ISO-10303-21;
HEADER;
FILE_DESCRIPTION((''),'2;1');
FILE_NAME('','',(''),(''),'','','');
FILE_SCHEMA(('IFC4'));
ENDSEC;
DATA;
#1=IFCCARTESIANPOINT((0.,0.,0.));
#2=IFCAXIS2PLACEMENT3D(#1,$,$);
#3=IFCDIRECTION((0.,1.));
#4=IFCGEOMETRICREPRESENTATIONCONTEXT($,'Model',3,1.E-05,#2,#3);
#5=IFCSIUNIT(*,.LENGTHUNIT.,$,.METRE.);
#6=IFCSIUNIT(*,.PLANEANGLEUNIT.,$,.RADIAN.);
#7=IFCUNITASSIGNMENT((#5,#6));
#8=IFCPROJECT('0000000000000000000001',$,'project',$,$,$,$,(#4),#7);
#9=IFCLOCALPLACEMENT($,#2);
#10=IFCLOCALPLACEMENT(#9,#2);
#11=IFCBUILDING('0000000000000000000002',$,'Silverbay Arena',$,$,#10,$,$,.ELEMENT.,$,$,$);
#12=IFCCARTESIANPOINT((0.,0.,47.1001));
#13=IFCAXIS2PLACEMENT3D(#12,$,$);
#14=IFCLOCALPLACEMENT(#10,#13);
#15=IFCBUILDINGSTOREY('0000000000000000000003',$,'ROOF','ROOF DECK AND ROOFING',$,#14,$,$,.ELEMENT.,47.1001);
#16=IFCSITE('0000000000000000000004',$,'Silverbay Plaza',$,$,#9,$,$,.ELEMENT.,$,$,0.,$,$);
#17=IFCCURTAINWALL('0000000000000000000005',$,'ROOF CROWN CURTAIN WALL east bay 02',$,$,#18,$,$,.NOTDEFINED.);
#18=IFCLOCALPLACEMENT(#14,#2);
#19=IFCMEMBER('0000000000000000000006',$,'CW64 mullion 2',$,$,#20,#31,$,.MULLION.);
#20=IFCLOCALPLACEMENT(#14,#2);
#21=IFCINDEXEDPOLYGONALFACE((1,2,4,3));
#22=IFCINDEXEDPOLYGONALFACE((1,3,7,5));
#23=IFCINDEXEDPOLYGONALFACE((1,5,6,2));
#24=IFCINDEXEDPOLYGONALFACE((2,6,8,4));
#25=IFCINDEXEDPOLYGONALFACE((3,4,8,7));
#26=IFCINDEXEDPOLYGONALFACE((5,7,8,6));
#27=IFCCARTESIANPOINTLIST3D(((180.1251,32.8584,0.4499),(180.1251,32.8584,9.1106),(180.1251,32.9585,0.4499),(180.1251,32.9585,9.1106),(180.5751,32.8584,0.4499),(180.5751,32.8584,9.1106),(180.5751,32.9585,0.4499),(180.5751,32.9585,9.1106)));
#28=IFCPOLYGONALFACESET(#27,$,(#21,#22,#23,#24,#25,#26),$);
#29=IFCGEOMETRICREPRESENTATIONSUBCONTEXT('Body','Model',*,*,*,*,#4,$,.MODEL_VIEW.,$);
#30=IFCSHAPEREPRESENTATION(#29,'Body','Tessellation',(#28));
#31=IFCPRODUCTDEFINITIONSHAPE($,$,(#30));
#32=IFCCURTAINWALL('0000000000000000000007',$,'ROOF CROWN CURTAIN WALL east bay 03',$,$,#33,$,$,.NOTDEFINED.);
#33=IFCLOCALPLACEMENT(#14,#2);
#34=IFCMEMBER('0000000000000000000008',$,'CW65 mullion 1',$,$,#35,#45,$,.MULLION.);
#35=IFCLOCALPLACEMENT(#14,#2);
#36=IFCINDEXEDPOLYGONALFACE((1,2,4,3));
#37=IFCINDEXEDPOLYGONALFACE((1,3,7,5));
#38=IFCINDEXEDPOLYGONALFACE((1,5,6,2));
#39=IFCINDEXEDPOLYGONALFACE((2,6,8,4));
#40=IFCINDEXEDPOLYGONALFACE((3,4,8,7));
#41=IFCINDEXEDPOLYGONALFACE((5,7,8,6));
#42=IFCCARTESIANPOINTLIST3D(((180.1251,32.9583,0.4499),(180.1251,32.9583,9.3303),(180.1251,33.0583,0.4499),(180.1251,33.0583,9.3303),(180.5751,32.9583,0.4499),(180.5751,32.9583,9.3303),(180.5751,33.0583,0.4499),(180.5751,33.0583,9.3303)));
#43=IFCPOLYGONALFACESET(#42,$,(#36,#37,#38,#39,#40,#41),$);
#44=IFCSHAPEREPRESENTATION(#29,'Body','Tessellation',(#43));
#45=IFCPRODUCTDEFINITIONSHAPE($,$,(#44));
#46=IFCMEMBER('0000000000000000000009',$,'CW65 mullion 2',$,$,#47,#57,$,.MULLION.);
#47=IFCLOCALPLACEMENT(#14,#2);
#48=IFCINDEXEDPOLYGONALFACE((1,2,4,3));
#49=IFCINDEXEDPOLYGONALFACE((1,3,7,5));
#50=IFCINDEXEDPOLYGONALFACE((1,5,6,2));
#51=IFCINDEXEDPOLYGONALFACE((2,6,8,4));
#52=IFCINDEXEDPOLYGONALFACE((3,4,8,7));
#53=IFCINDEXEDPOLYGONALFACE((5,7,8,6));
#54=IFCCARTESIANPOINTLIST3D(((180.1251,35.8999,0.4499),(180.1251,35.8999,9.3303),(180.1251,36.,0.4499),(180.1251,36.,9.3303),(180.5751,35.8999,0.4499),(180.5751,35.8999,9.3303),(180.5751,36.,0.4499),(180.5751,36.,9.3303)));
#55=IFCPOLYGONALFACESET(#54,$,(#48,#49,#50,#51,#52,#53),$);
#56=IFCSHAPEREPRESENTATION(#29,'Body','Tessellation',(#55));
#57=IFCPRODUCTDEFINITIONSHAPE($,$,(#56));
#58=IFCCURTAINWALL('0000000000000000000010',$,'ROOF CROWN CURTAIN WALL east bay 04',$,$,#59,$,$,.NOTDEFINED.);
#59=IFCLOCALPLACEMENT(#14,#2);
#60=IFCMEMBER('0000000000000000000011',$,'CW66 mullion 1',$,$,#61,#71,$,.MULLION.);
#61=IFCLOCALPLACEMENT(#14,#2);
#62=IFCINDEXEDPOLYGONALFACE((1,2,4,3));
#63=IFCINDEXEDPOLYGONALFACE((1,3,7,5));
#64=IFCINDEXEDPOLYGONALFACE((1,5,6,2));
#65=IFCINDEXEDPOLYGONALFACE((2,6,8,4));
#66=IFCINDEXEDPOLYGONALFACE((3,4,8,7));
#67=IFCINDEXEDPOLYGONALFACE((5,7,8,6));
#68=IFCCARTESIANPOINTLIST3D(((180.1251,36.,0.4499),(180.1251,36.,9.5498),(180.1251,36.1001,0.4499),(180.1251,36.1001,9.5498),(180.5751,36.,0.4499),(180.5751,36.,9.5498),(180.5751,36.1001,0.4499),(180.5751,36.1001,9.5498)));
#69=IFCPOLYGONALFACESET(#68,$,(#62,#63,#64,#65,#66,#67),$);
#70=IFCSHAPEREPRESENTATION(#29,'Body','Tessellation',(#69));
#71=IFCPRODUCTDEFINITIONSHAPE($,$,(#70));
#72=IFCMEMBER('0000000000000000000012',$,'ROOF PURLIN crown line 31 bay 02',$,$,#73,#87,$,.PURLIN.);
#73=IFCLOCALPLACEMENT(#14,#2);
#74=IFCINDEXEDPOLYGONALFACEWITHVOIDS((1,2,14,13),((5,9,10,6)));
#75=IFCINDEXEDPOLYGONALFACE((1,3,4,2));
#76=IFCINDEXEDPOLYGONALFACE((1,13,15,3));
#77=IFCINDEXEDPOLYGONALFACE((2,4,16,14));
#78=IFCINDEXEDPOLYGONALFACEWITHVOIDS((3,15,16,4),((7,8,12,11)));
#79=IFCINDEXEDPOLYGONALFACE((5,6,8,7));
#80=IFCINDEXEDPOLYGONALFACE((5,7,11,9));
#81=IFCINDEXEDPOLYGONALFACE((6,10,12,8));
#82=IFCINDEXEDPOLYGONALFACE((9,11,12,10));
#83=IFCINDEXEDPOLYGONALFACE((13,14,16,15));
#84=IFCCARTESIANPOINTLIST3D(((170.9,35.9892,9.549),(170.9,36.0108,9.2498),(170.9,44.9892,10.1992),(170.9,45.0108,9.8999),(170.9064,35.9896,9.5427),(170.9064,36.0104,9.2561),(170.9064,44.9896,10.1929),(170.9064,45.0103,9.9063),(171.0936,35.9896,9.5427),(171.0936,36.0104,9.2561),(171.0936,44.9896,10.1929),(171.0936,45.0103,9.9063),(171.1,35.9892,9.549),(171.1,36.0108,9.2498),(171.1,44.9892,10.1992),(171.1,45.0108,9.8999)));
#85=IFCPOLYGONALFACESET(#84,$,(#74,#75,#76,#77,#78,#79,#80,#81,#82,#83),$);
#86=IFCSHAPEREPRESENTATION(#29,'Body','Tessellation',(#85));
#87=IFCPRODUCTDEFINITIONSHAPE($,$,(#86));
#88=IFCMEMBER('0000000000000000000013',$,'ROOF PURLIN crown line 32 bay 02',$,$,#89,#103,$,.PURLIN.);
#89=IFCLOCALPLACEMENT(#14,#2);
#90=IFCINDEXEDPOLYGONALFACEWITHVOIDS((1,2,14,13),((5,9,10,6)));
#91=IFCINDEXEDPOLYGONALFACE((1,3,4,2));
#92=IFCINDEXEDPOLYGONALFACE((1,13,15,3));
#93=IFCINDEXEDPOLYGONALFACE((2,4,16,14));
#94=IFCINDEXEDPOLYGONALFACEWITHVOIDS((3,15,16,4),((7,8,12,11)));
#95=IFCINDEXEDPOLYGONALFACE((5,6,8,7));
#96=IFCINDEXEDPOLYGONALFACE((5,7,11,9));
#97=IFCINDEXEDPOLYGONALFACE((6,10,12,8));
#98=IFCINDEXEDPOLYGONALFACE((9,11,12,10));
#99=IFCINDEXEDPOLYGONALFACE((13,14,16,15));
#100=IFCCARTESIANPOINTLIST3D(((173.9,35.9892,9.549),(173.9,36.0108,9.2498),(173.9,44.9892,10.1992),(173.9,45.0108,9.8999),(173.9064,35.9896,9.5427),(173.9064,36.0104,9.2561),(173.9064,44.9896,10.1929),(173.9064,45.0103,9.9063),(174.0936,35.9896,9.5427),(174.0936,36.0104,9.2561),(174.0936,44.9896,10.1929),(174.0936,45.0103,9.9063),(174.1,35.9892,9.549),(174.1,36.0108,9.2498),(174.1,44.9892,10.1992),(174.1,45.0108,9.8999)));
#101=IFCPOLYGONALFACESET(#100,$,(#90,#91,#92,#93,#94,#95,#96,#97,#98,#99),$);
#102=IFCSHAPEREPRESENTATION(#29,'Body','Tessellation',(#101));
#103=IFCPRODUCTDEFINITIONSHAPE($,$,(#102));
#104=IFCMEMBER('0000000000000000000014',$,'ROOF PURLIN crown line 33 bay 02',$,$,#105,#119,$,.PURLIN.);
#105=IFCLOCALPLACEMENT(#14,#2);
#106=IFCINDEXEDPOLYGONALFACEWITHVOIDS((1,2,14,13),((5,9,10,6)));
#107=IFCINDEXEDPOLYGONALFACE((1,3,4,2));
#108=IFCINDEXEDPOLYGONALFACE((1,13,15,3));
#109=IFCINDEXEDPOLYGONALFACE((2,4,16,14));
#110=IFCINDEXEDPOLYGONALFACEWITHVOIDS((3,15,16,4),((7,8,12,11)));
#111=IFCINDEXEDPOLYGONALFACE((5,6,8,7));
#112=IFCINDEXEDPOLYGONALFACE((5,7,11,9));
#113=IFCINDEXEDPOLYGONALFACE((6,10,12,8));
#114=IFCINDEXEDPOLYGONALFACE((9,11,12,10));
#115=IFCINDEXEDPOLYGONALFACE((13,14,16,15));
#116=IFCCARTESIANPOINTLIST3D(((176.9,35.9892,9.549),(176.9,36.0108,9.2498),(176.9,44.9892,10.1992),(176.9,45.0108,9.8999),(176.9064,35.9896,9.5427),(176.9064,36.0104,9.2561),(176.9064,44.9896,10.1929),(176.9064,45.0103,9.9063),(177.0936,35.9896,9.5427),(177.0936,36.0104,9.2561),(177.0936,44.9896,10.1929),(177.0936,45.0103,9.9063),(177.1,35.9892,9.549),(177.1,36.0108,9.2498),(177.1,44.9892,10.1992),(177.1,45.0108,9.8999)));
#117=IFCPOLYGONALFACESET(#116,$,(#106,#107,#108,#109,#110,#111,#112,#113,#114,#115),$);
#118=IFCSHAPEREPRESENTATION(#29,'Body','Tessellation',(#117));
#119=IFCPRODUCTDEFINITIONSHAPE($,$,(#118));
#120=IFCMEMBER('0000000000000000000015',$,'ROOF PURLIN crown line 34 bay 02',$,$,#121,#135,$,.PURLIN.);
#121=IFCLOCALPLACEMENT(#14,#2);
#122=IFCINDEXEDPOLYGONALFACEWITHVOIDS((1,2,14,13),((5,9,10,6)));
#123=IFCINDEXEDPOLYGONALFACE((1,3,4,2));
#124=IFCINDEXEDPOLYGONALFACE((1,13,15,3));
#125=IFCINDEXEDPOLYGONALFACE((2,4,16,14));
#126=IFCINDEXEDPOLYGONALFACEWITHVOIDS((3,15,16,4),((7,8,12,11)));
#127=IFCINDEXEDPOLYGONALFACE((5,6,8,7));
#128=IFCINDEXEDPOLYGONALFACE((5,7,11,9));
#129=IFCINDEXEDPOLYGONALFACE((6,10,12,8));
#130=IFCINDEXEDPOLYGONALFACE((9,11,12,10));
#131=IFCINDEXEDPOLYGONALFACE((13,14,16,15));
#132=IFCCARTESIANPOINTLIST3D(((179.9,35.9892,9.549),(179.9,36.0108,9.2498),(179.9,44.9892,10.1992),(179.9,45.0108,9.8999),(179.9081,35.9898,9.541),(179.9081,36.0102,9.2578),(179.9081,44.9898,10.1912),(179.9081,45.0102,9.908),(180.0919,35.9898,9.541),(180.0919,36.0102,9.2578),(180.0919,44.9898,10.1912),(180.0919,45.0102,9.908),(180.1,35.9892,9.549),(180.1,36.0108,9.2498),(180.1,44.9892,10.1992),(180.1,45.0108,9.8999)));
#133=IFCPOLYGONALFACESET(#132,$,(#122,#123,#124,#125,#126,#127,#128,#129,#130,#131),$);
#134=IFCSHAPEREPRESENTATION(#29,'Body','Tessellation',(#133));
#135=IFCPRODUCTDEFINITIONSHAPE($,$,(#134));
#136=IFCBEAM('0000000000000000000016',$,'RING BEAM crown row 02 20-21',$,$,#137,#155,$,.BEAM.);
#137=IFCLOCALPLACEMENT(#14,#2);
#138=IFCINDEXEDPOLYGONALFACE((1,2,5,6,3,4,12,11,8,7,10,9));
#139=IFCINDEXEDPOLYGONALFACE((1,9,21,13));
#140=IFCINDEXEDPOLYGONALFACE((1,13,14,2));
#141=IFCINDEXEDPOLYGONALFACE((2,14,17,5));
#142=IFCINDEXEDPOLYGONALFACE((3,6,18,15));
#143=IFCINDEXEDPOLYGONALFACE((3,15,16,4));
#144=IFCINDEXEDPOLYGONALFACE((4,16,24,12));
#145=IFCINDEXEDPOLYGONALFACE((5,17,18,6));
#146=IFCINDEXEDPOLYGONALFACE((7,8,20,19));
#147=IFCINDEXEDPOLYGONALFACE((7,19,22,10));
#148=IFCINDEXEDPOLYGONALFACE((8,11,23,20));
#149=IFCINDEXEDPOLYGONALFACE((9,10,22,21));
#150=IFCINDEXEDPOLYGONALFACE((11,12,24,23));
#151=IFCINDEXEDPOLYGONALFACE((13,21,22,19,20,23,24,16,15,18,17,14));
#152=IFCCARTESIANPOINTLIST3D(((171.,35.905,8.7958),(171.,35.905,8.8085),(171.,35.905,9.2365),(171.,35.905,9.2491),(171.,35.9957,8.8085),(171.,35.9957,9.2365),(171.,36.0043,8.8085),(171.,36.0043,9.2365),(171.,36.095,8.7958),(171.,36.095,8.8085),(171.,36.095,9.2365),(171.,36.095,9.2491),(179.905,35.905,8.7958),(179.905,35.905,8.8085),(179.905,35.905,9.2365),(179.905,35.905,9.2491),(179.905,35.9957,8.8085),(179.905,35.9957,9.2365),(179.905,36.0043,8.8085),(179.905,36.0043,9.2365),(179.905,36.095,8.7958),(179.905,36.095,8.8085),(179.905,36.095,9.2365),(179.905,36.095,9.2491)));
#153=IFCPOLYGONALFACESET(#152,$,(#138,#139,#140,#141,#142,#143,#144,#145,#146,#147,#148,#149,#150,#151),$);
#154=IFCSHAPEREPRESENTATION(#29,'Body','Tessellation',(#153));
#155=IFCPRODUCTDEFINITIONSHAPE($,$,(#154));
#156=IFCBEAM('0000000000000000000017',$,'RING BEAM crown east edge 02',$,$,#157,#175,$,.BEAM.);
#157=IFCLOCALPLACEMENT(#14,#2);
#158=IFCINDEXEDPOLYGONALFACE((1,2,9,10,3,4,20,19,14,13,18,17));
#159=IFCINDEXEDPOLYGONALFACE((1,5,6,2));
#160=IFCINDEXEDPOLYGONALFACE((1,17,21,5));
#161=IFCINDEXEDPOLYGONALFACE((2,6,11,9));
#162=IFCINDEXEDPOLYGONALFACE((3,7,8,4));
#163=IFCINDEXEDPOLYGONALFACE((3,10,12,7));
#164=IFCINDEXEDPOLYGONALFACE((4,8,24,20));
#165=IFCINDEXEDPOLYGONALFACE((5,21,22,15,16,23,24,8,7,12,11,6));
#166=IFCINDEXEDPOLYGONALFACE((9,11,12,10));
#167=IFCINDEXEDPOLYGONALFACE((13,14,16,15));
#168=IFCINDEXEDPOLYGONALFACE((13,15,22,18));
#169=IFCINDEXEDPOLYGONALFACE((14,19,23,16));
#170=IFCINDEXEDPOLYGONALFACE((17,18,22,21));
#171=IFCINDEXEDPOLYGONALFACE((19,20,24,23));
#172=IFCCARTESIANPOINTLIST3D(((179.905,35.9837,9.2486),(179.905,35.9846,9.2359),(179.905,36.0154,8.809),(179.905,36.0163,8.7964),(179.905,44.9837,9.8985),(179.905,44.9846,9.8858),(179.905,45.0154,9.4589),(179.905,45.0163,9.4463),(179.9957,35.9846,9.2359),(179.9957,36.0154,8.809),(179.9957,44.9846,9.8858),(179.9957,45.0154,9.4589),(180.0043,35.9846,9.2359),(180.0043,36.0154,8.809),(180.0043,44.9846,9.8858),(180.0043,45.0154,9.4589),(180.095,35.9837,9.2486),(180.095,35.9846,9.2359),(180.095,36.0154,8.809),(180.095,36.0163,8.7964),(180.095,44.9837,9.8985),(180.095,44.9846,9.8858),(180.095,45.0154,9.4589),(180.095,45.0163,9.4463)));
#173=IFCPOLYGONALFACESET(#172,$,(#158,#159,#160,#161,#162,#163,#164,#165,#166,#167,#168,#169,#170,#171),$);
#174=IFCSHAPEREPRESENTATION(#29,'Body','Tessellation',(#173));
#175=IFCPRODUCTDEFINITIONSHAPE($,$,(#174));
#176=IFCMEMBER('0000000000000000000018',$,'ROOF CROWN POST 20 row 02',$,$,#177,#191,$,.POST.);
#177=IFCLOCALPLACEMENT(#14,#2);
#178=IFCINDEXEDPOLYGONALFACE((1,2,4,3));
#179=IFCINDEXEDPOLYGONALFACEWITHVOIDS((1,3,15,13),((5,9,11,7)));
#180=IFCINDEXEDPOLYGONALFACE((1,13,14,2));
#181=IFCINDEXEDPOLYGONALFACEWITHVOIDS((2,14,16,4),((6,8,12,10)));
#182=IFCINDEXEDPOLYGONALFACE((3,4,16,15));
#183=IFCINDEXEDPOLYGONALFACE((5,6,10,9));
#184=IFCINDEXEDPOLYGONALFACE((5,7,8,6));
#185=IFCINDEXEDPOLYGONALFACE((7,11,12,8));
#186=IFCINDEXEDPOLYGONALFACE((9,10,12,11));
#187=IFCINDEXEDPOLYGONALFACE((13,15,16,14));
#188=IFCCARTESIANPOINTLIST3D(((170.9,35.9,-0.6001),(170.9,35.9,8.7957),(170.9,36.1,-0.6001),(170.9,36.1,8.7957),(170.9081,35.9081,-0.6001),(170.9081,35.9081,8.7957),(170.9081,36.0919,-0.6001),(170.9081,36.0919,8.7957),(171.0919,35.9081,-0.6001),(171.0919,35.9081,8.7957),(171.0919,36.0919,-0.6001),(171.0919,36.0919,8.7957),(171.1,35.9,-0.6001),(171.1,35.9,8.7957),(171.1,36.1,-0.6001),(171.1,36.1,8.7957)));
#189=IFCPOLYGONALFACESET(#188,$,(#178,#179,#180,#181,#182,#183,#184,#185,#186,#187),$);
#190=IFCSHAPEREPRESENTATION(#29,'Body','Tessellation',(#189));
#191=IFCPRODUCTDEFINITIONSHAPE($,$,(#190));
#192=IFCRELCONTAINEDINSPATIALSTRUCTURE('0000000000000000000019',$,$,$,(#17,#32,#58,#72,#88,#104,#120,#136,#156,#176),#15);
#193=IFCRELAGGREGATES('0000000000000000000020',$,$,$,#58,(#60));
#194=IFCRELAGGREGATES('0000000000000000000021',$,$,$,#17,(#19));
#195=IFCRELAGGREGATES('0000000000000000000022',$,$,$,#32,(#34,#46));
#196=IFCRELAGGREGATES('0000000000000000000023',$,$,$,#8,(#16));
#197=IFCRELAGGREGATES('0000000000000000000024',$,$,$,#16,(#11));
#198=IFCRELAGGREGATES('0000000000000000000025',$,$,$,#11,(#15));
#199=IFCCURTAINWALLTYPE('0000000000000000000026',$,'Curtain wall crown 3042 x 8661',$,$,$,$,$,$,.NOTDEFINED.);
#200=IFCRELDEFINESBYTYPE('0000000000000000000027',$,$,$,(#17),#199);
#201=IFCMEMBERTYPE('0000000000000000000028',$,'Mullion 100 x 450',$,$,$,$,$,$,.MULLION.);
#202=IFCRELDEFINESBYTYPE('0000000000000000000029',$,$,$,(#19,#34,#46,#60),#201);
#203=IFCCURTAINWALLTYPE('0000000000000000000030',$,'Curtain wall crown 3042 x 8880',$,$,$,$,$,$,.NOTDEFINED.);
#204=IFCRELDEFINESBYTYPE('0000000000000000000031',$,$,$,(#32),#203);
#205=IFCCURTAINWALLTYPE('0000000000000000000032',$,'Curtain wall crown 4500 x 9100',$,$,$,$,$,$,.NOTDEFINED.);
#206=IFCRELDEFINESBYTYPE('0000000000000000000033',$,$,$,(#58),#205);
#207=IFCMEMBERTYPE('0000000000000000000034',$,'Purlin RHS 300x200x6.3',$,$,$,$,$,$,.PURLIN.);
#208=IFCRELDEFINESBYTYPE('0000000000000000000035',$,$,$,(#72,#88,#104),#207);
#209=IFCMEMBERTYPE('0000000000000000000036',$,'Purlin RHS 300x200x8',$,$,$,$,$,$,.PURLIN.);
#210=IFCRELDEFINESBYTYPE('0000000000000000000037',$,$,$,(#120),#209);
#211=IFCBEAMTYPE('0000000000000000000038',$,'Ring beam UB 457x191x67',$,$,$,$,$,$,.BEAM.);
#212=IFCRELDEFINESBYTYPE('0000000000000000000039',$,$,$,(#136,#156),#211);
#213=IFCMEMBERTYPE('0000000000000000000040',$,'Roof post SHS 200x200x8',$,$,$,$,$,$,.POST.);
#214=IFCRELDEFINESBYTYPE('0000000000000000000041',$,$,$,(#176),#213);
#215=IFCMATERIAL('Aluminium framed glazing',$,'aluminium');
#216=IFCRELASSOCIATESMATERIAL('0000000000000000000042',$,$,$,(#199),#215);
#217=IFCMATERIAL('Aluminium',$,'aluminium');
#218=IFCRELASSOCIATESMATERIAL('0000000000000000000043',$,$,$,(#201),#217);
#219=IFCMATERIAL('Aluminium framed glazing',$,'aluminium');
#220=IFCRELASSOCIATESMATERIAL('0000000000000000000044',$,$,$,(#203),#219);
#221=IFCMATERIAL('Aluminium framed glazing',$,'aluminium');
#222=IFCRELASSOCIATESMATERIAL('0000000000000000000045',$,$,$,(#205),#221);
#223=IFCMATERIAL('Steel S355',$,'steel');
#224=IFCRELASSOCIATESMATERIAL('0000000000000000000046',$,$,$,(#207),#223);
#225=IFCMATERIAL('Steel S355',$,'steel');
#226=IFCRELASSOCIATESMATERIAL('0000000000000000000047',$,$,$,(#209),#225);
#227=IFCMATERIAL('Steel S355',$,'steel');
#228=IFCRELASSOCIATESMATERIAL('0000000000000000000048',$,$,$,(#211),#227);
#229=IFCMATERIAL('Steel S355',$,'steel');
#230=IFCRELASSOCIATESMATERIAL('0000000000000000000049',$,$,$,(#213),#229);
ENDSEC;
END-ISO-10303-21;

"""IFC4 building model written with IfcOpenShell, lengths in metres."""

from ifc_helpers import new_model, si_unit, direction, frame, origin, origin_2d, place, context, subcontext, project, spatial, rectangle, hollow_rectangle, i_section, extrude, material, material_profile, profile_set, type_object, element, aggregate, save


model = new_model("IFC4")

# Units and contexts
model_context = context("Model", 3, precision=1e-05, world=origin(), true_north=direction((0.0, 1.0)))
body_context = subcontext(model_context, "Body", "Model", "MODEL_VIEW")
ifc_project = project(units=[si_unit("LENGTHUNIT", "METRE"), si_unit("PLANEANGLEUNIT", "RADIAN")], contexts=[model_context])

# Site, building, storey
site_placement = place(None, origin())
site = spatial("IfcSite", under=ifc_project, at=site_placement, Name="Silverbay Plaza", CompositionType="ELEMENT", RefElevation=0.0)
building_placement = place(site_placement, origin())
building = spatial("IfcBuilding", under=site, at=building_placement, Name="Silverbay Arena", CompositionType="ELEMENT")
storey_placement = place(building_placement, frame((0.0, 0.0, 47.1001)))
storey = spatial("IfcBuildingStorey", under=building, at=storey_placement, Name="ROOF", Description="ROOF DECK AND ROOFING", CompositionType="ELEMENT", Elevation=47.1001)

# Curtain wall, member
ifc_material_1 = material(Name="Aluminium framed glazing", Category="aluminium")
curtain_wall_type_1 = type_object("IfcCurtainWallType", Name="Curtain wall crown 3042 x 8661", PredefinedType="NOTDEFINED", material=ifc_material_1)
curtain_wall_1_placement = place(storey_placement, origin())
curtain_wall_1 = element("IfcCurtainWall", 1, at=curtain_wall_1_placement, inside=storey, type_object=curtain_wall_type_1, Name="ROOF CROWN CURTAIN WALL east bay 02", PredefinedType="NOTDEFINED")
ifc_material_2 = material(Name="Aluminium", Category="aluminium")
ifc_material_profile_1 = material_profile(ifc_material_2, rectangle(XDim=0.45, YDim=0.1001, at=origin_2d()), Name="Mullion 100 x 450")
ifc_profile_set_1 = profile_set([ifc_material_profile_1], Name="Aluminium")
member_type_1 = type_object("IfcMemberType", Name="Mullion 100 x 450", PredefinedType="MULLION", material=ifc_profile_set_1)
placement = place(building_placement, frame((0.0, 0.0, 33.5)))
member_1_placement = place(placement, frame((180.3501, 32.9084, 14.05), z_axis=(0.0, 0.0, 1.0), x_axis=(-1.0, 0.0, 0.0)))
member_1 = element("IfcMember", 2, at=member_1_placement, type_object=member_type_1, Name="CW64 mullion 2", PredefinedType="MULLION", context=body_context, shape_type="SweptSolid", body=[
    extrude(rectangle(XDim=0.45, YDim=0.1001, at=origin_2d()), origin(), (0.0, 0.0, 1.0), 8.6606),
])

# Curtain wall, members
ifc_material_3 = material(Name="Aluminium framed glazing", Category="aluminium")
curtain_wall_type_2 = type_object("IfcCurtainWallType", Name="Curtain wall crown 3042 x 8880", PredefinedType="NOTDEFINED", material=ifc_material_3)
curtain_wall_2_placement = place(storey_placement, origin())
curtain_wall_2 = element("IfcCurtainWall", 3, at=curtain_wall_2_placement, inside=storey, type_object=curtain_wall_type_2, Name="ROOF CROWN CURTAIN WALL east bay 03", PredefinedType="NOTDEFINED")
member_2_placement = place(placement, frame((180.3501, 33.0083, 14.05), z_axis=(0.0, 0.0, 1.0), x_axis=(-1.0, 0.0, 0.0)))
member_2 = element("IfcMember", 4, at=member_2_placement, type_object=member_type_1, Name="CW65 mullion 1", PredefinedType="MULLION", context=body_context, shape_type="SweptSolid", body=[
    extrude(rectangle(XDim=0.45, YDim=0.1001, at=origin_2d()), origin(), (0.0, 0.0, 1.0), 8.8804),
])
member_3_placement = place(placement, frame((180.3501, 35.95, 14.05), z_axis=(0.0, 0.0, 1.0), x_axis=(-1.0, 0.0, 0.0)))
member_3 = element("IfcMember", 5, at=member_3_placement, type_object=member_type_1, Name="CW65 mullion 2", PredefinedType="MULLION", context=body_context, shape_type="SweptSolid", body=[
    extrude(rectangle(XDim=0.45, YDim=0.1001, at=origin_2d()), origin(), (0.0, 0.0, 1.0), 8.8804),
])

# Curtain wall, member
ifc_material_4 = material(Name="Aluminium framed glazing", Category="aluminium")
curtain_wall_type_3 = type_object("IfcCurtainWallType", Name="Curtain wall crown 4500 x 9100", PredefinedType="NOTDEFINED", material=ifc_material_4)
curtain_wall_3_placement = place(storey_placement, origin())
curtain_wall_3 = element("IfcCurtainWall", 6, at=curtain_wall_3_placement, inside=storey, type_object=curtain_wall_type_3, Name="ROOF CROWN CURTAIN WALL east bay 04", PredefinedType="NOTDEFINED")
member_4_placement = place(placement, frame((180.3501, 36.05, 14.05), z_axis=(0.0, 0.0, 1.0), x_axis=(-1.0, 0.0, 0.0)))
member_4 = element("IfcMember", 7, at=member_4_placement, type_object=member_type_1, Name="CW66 mullion 1", PredefinedType="MULLION", context=body_context, shape_type="SweptSolid", body=[
    extrude(rectangle(XDim=0.45, YDim=0.1001, at=origin_2d()), origin(), (0.0, 0.0, 1.0), 9.0999),
])

# Members
ifc_material_5 = material(Name="Steel S355", Category="steel")
ifc_material_profile_2 = material_profile(ifc_material_5, hollow_rectangle(XDim=0.2, YDim=0.3, WallThickness=0.0063, at=origin_2d()), Name="RHS 300x200x6.3")
ifc_profile_set_2 = profile_set([ifc_material_profile_2], Name="Steel S355")
member_type_2 = type_object("IfcMemberType", Name="Purlin RHS 300x200x6.3", PredefinedType="PURLIN", material=ifc_profile_set_2)
for number, where, z_axis, x_axis, name in (
    (8, (171.0, 36.0, 9.3994), (0.0, 0.997401, 0.072051), (-1.0, 0.0, 0.0), "ROOF PURLIN crown line 31 bay 02"),
    (9, (174.0, 36.0, 9.3994), (0.0, 0.997401, 0.072051), (-1.0, 0.0, 0.0), "ROOF PURLIN crown line 32 bay 02"),
    (10, (177.0, 36.0, 9.3994), (0.0, 0.997401, 0.072051), (-1.0, 0.0, 0.0), "ROOF PURLIN crown line 33 bay 02"),
):
    element("IfcMember", number, at=place(storey_placement, frame(where, z_axis=z_axis, x_axis=x_axis)), inside=storey, type_object=member_type_2, Name=name, PredefinedType="PURLIN", context=body_context, shape_type="SweptSolid", body=[
        extrude(hollow_rectangle(XDim=0.2, YDim=0.3, WallThickness=0.0063, at=origin_2d()), origin(), (0.0, 0.0, 1.0), 9.0234),
    ])
ifc_material_6 = material(Name="Steel S355", Category="steel")
ifc_material_profile_3 = material_profile(ifc_material_6, hollow_rectangle(XDim=0.2, YDim=0.3, WallThickness=0.0081, at=origin_2d()), Name="RHS 300x200x8")
ifc_profile_set_3 = profile_set([ifc_material_profile_3], Name="Steel S355")
member_type_3 = type_object("IfcMemberType", Name="Purlin RHS 300x200x8", PredefinedType="PURLIN", material=ifc_profile_set_3)
member_5_placement = place(storey_placement, frame((180.0, 36.0, 9.3994), z_axis=(0.0, 0.997401, 0.072051), x_axis=(-1.0, 0.0, 0.0)))
element("IfcMember", 11, at=member_5_placement, inside=storey, type_object=member_type_3, Name="ROOF PURLIN crown line 34 bay 02", PredefinedType="PURLIN", context=body_context, shape_type="SweptSolid", body=[
    extrude(hollow_rectangle(XDim=0.2, YDim=0.3, WallThickness=0.0081, at=origin_2d()), origin(), (0.0, 0.0, 1.0), 9.0234),
])

# Beams
ifc_material_7 = material(Name="Steel S355", Category="steel")
ifc_material_profile_4 = material_profile(ifc_material_7, i_section(OverallWidth=0.1899, OverallDepth=0.4534, WebThickness=0.0085, FlangeThickness=0.0127, at=origin_2d()), Name="UB 457x191x67")
ifc_profile_set_4 = profile_set([ifc_material_profile_4], Name="Steel S355")
beam_type = type_object("IfcBeamType", Name="Ring beam UB 457x191x67", PredefinedType="BEAM", material=ifc_profile_set_4)
beam_1_placement = place(storey_placement, frame((171.0, 36.0, 9.0225), z_axis=(1.0, 0.0, 0.0), x_axis=(0.0, 1.0, 0.0)))
element("IfcBeam", 12, at=beam_1_placement, inside=storey, type_object=beam_type, Name="RING BEAM crown row 02 20-21", PredefinedType="BEAM", context=body_context, shape_type="SweptSolid", body=[
    extrude(i_section(OverallWidth=0.1899, OverallDepth=0.4534, WebThickness=0.0085, FlangeThickness=0.0127, at=origin_2d()), origin(), (0.0, 0.0, 1.0), 8.905),
])
beam_2_placement = place(storey_placement, frame((180.0, 36.0, 9.0225), z_axis=(0.0, 0.997403, 0.072024), x_axis=(-1.0, 0.0, 0.0)))
element("IfcBeam", 13, at=beam_2_placement, inside=storey, type_object=beam_type, Name="RING BEAM crown east edge 02", PredefinedType="BEAM", context=body_context, shape_type="SweptSolid", body=[
    extrude(i_section(OverallWidth=0.1899, OverallDepth=0.4534, WebThickness=0.0085, FlangeThickness=0.0127, at=origin_2d()), origin(), (0.0, 0.0, 1.0), 9.0234),
])

# Member
ifc_material_8 = material(Name="Steel S355", Category="steel")
ifc_material_profile_5 = material_profile(ifc_material_8, hollow_rectangle(XDim=0.2, YDim=0.2, WallThickness=0.0081, at=origin_2d()), Name="SHS 200x200x8")
ifc_profile_set_5 = profile_set([ifc_material_profile_5], Name="Steel S355")
member_type_4 = type_object("IfcMemberType", Name="Roof post SHS 200x200x8", PredefinedType="POST", material=ifc_profile_set_5)
member_6_placement = place(storey_placement, frame((171.0, 36.0, -0.6001), z_axis=(0.0, 0.0, 1.0), x_axis=(1.0, 0.0, 0.0)))
element("IfcMember", 14, at=member_6_placement, inside=storey, type_object=member_type_4, Name="ROOF CROWN POST 20 row 02", PredefinedType="POST", context=body_context, shape_type="SweptSolid", body=[
    extrude(hollow_rectangle(XDim=0.2, YDim=0.2, WallThickness=0.0081, at=origin_2d()), origin(), (0.0, 0.0, 1.0), 9.3958),
])

aggregate(curtain_wall_3, [member_4])

aggregate(curtain_wall_1, [member_1])
aggregate(curtain_wall_2, [member_2, member_3])

save(model, "model.ifc")
